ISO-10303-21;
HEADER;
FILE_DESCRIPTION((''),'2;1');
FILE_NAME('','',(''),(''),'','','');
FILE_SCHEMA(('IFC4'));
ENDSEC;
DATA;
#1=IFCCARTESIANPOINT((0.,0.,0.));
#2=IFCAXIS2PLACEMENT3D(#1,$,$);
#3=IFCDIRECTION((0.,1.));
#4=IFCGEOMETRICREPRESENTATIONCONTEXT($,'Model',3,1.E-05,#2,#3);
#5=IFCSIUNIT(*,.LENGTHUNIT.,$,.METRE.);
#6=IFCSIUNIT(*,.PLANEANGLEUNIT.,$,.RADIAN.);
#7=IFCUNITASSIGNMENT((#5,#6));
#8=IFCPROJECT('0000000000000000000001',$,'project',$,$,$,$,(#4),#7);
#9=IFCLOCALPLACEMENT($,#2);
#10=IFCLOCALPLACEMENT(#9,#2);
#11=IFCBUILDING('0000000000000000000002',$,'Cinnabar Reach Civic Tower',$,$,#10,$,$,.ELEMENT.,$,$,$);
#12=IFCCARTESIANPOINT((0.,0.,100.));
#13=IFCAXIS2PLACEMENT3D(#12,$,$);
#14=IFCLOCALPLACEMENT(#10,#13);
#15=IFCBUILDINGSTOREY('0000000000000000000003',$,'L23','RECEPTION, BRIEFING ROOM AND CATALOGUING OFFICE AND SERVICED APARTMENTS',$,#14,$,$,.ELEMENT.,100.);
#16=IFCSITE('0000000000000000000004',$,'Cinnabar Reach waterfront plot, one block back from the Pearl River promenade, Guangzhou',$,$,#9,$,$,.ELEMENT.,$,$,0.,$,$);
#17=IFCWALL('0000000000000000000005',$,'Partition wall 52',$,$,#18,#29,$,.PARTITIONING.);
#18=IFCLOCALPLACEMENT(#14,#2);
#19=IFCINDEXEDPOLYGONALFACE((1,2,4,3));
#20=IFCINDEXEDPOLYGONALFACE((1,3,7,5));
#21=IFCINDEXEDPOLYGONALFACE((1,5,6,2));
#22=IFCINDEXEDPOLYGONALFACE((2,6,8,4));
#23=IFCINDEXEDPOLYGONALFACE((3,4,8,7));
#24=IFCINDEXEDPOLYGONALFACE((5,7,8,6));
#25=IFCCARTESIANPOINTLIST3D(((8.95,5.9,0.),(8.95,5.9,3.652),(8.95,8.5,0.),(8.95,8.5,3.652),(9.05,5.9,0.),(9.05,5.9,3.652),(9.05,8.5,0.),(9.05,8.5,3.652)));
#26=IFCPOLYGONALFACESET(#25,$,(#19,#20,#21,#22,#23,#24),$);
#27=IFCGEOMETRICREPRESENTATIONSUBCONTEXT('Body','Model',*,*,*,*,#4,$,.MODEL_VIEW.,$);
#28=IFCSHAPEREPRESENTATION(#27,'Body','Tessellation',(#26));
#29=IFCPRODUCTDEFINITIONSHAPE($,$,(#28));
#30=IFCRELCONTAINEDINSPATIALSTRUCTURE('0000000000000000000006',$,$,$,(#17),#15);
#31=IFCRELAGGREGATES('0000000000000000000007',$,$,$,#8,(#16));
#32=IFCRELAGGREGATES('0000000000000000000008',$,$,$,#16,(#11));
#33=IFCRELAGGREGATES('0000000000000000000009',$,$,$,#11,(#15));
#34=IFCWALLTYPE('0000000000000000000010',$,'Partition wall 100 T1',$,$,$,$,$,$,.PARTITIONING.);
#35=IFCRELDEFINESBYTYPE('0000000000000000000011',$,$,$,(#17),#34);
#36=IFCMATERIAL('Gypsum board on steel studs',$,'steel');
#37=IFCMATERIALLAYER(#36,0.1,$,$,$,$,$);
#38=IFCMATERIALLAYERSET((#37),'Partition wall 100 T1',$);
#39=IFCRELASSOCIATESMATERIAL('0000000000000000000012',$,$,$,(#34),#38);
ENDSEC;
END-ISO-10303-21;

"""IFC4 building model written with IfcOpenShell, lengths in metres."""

from ifc_helpers import new_model, si_unit, direction, frame, frame_2d, origin, place, context, subcontext, project, spatial, rectangle, extrude, material, layer, layer_set, type_object, element, save


model = new_model("IFC4")

# Units and contexts
model_context = context("Model", 3, precision=1e-05, world=origin(), true_north=direction((0.0, 1.0)))
body_context = subcontext(model_context, "Body", "Model", "MODEL_VIEW")
ifc_project = project(units=[si_unit("LENGTHUNIT", "METRE"), si_unit("PLANEANGLEUNIT", "RADIAN")], contexts=[model_context])

# Site, building, storey
site_placement = place(None, origin())
site = spatial("IfcSite", under=ifc_project, at=site_placement, Name="Cinnabar Reach waterfront plot, one block back from the Pearl River promenade, Guangzhou", CompositionType="ELEMENT", RefElevation=0.0)
building_placement = place(site_placement, origin())
building = spatial("IfcBuilding", under=site, at=building_placement, Name="Cinnabar Reach Civic Tower", CompositionType="ELEMENT")
storey_placement = place(building_placement, frame((0.0, 0.0, 100.0)))
storey = spatial("IfcBuildingStorey", under=building, at=storey_placement, Name="L23", Description="RECEPTION, BRIEFING ROOM AND CATALOGUING OFFICE AND SERVICED APARTMENTS", CompositionType="ELEMENT", Elevation=100.0)

# Wall
ifc_material_1 = material(Name="Gypsum board on steel studs", Category="steel")
ifc_layer_1 = layer(ifc_material_1, 0.1)
ifc_layer_set_1 = layer_set([ifc_layer_1], Name="Partition wall 100 T1")
wall_type_1 = type_object("IfcWallType", Name="Partition wall 100 T1", PredefinedType="PARTITIONING", material=ifc_layer_set_1)
wall_1_placement = place(storey_placement, frame((9.0, 5.9, 0.0), z_axis=(0.0, 0.0, 1.0), x_axis=(0.0, 1.0, 0.0)))
element("IfcWall", 1, at=wall_1_placement, inside=storey, type_object=wall_type_1, Name="Partition wall 52", PredefinedType="PARTITIONING", context=body_context, shape_type="SweptSolid", body=[
    extrude(rectangle(XDim=2.6, YDim=0.1, at=frame_2d((1.3, 0.0))), origin(), (0.0, 0.0, 1.0), 3.652),
])

save(model, "model.ifc")
